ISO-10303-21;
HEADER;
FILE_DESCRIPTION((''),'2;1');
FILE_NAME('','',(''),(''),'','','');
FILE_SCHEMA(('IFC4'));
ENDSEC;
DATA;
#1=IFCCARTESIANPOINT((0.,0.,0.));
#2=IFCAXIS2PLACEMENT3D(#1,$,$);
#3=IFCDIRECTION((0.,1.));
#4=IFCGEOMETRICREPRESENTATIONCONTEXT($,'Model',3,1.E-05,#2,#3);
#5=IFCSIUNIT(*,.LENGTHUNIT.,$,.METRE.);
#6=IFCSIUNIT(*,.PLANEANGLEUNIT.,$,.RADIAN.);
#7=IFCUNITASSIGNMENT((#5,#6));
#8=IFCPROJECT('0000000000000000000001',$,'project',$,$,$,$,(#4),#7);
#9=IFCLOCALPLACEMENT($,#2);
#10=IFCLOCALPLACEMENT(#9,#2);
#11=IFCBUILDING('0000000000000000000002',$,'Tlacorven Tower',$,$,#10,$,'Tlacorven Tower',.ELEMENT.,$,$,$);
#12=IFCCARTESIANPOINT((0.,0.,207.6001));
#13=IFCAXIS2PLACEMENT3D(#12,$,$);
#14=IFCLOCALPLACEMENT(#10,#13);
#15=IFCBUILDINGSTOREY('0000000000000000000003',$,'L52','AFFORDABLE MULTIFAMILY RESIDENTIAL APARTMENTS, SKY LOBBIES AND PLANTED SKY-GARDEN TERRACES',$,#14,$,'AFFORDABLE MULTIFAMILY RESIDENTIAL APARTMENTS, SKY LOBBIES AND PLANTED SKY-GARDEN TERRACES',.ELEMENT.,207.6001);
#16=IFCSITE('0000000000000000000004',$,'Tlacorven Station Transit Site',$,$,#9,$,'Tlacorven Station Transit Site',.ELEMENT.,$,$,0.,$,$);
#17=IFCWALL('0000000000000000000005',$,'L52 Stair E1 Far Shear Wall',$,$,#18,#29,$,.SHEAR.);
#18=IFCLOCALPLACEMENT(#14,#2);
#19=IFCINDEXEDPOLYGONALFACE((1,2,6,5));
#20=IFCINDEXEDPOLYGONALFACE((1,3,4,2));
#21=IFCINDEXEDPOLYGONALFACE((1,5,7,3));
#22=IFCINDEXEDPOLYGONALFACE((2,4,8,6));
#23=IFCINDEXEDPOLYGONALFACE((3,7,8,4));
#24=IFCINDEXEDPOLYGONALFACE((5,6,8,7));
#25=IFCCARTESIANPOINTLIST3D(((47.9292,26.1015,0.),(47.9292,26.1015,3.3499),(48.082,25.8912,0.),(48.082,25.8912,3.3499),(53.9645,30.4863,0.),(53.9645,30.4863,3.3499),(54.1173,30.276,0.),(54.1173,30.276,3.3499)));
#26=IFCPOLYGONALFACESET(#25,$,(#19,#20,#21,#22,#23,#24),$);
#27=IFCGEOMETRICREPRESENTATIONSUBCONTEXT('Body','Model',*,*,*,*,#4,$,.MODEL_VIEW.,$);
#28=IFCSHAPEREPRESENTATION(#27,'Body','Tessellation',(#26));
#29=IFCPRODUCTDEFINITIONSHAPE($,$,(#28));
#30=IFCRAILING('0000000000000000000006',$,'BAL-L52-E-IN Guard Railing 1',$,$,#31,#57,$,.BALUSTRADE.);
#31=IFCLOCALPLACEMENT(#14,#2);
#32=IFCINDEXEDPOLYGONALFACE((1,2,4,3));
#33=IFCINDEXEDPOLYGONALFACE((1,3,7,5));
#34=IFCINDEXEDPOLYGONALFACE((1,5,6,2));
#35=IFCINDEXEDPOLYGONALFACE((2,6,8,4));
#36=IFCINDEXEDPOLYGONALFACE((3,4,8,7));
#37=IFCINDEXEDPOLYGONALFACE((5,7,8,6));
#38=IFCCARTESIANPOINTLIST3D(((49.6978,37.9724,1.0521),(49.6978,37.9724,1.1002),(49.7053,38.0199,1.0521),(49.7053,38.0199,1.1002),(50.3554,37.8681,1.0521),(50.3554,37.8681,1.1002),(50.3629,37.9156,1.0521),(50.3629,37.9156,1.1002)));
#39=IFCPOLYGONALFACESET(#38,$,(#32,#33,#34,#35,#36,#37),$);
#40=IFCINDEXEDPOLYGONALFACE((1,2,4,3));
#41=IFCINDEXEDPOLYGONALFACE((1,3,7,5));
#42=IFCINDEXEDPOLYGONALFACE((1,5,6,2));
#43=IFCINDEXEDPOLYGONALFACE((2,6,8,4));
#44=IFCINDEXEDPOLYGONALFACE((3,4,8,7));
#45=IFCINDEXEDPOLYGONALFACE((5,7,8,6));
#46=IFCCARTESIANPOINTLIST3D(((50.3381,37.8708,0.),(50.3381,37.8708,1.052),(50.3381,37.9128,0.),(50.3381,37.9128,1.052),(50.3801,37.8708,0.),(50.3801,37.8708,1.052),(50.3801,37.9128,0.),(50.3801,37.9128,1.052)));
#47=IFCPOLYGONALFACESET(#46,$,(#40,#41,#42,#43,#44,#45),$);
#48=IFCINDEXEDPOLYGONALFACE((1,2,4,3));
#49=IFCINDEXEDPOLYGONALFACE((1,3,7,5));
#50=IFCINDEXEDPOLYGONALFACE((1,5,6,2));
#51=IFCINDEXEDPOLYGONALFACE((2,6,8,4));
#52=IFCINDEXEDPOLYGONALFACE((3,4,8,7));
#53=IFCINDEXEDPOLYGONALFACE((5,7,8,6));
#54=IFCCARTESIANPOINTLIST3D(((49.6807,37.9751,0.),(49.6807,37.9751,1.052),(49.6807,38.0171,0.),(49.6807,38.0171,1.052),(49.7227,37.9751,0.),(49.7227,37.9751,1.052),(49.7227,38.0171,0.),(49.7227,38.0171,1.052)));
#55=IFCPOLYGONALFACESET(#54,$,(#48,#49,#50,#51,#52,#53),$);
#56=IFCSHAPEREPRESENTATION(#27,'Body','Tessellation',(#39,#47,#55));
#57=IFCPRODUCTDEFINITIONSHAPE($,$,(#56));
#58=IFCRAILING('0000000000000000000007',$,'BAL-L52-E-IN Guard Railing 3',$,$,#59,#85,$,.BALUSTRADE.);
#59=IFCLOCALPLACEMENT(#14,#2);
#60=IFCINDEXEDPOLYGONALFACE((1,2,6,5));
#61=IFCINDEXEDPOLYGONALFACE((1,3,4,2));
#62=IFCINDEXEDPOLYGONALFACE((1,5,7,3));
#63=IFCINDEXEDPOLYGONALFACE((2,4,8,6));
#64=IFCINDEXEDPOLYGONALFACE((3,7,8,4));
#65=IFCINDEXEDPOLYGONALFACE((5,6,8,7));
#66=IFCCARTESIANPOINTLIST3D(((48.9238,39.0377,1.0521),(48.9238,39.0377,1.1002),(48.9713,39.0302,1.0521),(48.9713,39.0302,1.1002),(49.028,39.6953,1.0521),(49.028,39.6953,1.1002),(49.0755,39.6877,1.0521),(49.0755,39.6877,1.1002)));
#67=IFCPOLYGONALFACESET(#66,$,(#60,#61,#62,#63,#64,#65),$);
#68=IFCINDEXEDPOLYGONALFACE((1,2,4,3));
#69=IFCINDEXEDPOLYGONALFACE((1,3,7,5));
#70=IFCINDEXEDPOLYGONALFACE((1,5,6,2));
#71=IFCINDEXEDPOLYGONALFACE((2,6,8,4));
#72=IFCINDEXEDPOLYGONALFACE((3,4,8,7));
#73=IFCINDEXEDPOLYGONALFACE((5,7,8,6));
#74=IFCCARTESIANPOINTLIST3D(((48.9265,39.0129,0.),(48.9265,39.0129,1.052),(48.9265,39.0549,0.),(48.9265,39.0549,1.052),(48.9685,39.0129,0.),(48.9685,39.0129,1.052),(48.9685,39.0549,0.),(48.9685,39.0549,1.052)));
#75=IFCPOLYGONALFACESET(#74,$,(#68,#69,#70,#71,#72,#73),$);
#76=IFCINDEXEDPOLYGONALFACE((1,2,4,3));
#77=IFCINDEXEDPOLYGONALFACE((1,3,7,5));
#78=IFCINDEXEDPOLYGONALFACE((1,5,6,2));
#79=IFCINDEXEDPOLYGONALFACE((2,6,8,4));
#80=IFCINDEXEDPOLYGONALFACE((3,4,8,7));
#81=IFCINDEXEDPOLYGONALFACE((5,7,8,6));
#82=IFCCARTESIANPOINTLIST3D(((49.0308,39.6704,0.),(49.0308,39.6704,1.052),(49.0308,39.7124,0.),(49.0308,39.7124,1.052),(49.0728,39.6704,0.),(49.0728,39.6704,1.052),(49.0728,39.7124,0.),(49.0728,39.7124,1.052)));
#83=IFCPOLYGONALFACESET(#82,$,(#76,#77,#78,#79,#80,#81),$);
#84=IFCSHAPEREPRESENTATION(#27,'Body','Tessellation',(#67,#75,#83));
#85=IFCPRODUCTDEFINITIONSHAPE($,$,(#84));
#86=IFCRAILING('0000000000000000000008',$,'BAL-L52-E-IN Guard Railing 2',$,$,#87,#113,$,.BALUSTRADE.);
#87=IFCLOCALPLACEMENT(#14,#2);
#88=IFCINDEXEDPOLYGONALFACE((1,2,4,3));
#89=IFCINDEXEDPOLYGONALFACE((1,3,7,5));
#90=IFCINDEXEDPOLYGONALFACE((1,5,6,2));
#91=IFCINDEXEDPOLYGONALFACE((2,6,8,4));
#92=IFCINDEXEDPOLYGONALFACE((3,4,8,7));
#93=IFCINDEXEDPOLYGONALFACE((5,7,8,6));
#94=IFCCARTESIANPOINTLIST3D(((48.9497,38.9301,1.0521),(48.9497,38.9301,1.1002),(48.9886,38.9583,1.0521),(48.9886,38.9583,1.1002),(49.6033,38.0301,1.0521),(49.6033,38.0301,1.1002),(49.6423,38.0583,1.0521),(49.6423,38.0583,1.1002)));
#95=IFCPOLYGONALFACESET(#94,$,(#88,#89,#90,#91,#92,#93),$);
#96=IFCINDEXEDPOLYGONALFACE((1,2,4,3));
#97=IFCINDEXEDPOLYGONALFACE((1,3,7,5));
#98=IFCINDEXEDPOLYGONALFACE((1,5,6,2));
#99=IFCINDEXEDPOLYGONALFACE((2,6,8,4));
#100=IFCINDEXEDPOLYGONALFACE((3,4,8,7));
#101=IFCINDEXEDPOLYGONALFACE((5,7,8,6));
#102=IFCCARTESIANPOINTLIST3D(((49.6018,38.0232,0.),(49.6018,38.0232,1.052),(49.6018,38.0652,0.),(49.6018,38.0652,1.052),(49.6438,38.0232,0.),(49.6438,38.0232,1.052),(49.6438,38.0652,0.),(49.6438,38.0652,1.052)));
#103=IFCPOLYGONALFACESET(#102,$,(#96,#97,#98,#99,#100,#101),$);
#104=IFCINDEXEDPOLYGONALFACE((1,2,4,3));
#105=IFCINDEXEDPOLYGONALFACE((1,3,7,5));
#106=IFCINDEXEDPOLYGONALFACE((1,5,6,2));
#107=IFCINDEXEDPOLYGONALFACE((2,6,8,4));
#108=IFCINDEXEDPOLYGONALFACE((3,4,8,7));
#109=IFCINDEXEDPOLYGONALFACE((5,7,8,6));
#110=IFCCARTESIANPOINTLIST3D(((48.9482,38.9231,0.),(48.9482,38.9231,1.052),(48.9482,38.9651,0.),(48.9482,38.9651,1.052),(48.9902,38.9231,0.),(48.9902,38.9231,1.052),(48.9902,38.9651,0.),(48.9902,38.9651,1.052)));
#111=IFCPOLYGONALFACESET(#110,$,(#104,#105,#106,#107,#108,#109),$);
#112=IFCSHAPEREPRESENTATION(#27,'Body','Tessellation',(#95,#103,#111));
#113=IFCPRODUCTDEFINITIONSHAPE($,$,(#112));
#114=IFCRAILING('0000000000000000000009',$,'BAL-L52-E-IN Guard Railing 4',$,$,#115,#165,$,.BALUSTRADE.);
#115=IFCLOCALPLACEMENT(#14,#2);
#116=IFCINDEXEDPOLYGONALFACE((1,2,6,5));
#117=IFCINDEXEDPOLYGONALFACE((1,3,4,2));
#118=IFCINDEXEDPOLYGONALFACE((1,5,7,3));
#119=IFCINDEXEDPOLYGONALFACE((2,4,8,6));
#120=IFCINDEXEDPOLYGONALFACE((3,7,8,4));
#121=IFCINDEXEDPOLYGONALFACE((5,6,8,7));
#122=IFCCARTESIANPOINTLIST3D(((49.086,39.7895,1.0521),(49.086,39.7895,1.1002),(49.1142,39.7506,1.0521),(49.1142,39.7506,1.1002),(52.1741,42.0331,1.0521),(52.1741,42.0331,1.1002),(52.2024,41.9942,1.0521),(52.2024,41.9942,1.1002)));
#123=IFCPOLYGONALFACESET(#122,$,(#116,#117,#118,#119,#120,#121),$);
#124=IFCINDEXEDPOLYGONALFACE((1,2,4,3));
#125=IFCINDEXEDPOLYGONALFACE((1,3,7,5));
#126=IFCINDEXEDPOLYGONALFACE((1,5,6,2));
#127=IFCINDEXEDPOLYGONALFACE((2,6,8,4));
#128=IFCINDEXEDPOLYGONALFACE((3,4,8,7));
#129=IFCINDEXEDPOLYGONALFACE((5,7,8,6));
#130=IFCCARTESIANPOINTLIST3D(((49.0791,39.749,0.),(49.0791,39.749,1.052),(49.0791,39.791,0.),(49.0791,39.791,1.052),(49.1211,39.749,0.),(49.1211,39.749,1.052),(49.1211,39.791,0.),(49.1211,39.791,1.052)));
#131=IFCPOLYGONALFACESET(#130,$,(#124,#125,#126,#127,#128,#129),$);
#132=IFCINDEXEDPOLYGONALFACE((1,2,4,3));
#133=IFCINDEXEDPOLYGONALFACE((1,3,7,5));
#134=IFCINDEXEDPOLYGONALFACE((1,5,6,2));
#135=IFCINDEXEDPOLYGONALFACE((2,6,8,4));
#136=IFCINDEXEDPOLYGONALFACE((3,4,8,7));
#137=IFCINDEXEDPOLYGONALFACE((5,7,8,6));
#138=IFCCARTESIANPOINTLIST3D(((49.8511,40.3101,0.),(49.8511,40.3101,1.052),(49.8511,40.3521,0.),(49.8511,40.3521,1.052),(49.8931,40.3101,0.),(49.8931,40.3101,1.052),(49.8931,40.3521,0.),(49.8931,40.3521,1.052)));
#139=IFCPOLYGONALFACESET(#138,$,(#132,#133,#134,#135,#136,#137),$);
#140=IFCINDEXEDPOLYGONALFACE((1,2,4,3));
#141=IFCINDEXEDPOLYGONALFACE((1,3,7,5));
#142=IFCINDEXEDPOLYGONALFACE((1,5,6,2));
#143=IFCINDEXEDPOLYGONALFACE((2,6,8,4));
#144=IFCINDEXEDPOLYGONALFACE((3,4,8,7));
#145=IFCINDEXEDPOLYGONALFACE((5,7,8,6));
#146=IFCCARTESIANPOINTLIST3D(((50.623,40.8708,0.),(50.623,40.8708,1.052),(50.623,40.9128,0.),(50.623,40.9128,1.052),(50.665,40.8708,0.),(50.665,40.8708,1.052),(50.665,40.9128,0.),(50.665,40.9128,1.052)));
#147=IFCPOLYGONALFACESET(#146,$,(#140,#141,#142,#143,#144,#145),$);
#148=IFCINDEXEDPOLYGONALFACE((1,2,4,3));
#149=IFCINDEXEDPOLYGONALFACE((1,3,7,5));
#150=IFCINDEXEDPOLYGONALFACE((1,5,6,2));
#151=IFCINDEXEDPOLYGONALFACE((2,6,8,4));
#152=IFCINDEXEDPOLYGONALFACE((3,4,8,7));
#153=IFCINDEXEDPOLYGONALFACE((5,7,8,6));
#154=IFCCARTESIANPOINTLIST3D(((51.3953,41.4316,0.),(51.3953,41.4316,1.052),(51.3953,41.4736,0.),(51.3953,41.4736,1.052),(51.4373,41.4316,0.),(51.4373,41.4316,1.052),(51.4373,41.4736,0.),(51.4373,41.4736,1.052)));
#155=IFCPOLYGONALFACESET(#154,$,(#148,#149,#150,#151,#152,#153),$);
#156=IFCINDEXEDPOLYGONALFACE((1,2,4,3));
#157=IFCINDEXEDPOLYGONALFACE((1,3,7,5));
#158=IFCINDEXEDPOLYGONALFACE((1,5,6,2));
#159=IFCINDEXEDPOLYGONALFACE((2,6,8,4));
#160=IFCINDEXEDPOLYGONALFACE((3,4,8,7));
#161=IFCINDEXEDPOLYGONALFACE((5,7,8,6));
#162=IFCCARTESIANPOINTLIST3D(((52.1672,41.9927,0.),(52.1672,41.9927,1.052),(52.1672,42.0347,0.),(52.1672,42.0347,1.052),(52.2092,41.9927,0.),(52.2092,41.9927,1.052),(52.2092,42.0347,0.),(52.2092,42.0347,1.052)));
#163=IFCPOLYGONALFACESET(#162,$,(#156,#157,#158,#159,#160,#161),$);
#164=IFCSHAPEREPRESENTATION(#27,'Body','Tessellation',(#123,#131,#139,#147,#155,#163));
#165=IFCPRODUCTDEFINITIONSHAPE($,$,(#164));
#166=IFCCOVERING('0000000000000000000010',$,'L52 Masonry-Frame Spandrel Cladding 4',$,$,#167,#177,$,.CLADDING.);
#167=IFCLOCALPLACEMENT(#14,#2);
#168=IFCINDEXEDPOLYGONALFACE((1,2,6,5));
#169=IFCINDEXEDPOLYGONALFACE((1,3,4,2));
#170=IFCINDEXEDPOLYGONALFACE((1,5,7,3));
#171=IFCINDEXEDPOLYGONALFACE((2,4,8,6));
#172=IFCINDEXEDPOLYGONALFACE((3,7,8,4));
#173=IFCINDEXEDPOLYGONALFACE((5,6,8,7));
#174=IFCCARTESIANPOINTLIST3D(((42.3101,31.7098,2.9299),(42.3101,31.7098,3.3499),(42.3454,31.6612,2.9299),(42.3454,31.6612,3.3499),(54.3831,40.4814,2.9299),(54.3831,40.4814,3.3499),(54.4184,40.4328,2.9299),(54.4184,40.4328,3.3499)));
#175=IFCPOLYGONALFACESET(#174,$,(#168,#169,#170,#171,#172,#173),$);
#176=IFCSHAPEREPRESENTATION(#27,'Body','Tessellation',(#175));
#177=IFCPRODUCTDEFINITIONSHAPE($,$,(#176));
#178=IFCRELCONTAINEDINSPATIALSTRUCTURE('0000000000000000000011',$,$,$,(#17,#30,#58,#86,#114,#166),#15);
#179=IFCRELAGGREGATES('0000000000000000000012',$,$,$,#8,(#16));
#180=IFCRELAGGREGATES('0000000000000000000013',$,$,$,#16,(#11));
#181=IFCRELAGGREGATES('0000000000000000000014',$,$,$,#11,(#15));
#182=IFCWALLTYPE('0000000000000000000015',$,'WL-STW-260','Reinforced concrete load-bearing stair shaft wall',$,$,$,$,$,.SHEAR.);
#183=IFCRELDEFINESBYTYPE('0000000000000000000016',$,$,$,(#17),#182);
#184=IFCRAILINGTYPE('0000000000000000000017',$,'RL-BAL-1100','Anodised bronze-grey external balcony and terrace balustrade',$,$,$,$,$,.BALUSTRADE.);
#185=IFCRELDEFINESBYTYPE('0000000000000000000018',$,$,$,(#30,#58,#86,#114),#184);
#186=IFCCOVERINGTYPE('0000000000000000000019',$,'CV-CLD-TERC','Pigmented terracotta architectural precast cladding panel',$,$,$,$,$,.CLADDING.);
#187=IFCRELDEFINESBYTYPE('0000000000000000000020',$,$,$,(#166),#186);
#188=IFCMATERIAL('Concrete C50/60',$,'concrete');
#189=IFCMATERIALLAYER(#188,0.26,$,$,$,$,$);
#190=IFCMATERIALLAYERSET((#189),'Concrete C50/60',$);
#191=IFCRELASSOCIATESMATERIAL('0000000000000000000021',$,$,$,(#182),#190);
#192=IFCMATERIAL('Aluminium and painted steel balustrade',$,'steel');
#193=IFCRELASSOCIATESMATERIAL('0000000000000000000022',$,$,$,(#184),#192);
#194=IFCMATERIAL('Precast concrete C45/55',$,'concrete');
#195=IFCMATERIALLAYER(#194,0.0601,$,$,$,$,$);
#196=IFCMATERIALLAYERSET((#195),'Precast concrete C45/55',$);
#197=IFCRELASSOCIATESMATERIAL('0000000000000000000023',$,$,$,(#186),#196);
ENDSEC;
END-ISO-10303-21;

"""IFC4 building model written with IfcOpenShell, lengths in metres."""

from ifc_helpers import new_model, si_unit, direction, frame, frame_2d, origin, origin_2d, place, context, subcontext, project, spatial, rectangle, extrude, source, transform, mapped, material, layer, layer_set, type_object, element, save


model = new_model("IFC4")

# Units and contexts
model_context = context("Model", 3, precision=1e-05, world=origin(), true_north=direction((0.0, 1.0)))
body_context = subcontext(model_context, "Body", "Model", "MODEL_VIEW")
ifc_project = project(units=[si_unit("LENGTHUNIT", "METRE"), si_unit("PLANEANGLEUNIT", "RADIAN")], contexts=[model_context])

# Site, building, storey
site_placement = place(None, origin())
site = spatial("IfcSite", under=ifc_project, at=site_placement, Name="Tlacorven Station Transit Site", LongName="Tlacorven Station Transit Site", CompositionType="ELEMENT", RefElevation=0.0)
building_placement = place(site_placement, origin())
building = spatial("IfcBuilding", under=site, at=building_placement, Name="Tlacorven Tower", LongName="Tlacorven Tower", CompositionType="ELEMENT")
storey_placement = place(building_placement, frame((0.0, 0.0, 207.6001)))
storey = spatial("IfcBuildingStorey", under=building, at=storey_placement, Name="L52", Description="AFFORDABLE MULTIFAMILY RESIDENTIAL APARTMENTS, SKY LOBBIES AND PLANTED SKY-GARDEN TERRACES", LongName="AFFORDABLE MULTIFAMILY RESIDENTIAL APARTMENTS, SKY LOBBIES AND PLANTED SKY-GARDEN TERRACES", CompositionType="ELEMENT", Elevation=207.6001)

# Shared definitions
ifc_material_1 = material(Name="Precast concrete C45/55", Category="concrete")

# Wall
ifc_material_2 = material(Name="Concrete C50/60", Category="concrete")
ifc_layer_1 = layer(ifc_material_2, 0.26)
ifc_layer_set_1 = layer_set([ifc_layer_1], Name="Concrete C50/60")
wall_type_1 = type_object("IfcWallType", Name="WL-STW-260", Description="Reinforced concrete load-bearing stair shaft wall", PredefinedType="SHEAR", material=ifc_layer_set_1)
wall_1_placement = place(storey_placement, frame((48.0056, 25.9963, 0.0), z_axis=(0.0, 0.0, 1.0), x_axis=(0.809019, 0.587782, 0.0)))
element("IfcWall", 1, at=wall_1_placement, inside=storey, type_object=wall_type_1, Name="L52 Stair E1 Far Shear Wall", PredefinedType="SHEAR", context=body_context, shape_type="SweptSolid", body=[
    extrude(rectangle(XDim=7.46, YDim=0.26, at=frame_2d((3.73, 0.0))), origin(), (0.0, 0.0, 1.0), 3.3499),
])

# Railings
ifc_material_3 = material(Name="Aluminium and painted steel balustrade", Category="steel")
railing_type_1 = type_object("IfcRailingType", Name="RL-BAL-1100", Description="Anodised bronze-grey external balcony and terrace balustrade", PredefinedType="BALUSTRADE", material=ifc_material_3)
shared_shape_1 = source(origin(), body_context, "Body", "SweptSolid", [
    extrude(rectangle(XDim=0.0481, YDim=0.0481, at=origin_2d()), frame((0.0, 0.0, 1.0762), z_axis=(-0.987662, 0.156603, 0.0), x_axis=(-0.156603, -0.987662, 0.0)), (0.0, 0.0, 1.0), 0.6658),
    extrude(rectangle(XDim=0.042, YDim=0.042, at=origin_2d()), origin(), (0.0, 0.0, 1.0), 1.052),
    extrude(rectangle(XDim=0.042, YDim=0.042, at=origin_2d()), frame((-0.6575, 0.1042, 0.0)), (0.0, 0.0, 1.0), 1.052),
])
railing_1_placement = place(storey_placement, frame((50.3591, 37.8918, 0.0)))
element("IfcRailing", 2, at=railing_1_placement, inside=storey, type_object=railing_type_1, Name="BAL-L52-E-IN Guard Railing 1", PredefinedType="BALUSTRADE", context=body_context, shape_type="MappedRepresentation", body=[
    mapped(shared_shape_1, transform((0.0, 0.0, 0.0), scale=1.0)),
])
shared_shape_2 = source(origin(), body_context, "Body", "SweptSolid", [
    extrude(rectangle(XDim=0.0481, YDim=0.0481, at=origin_2d()), frame((0.0, 0.0, 1.0762), z_axis=(0.156603, 0.987662, 0.0), x_axis=(-0.987662, 0.156603, 0.0)), (0.0, 0.0, 1.0), 0.6658),
    extrude(rectangle(XDim=0.042, YDim=0.042, at=origin_2d()), origin(), (0.0, 0.0, 1.0), 1.052),
    extrude(rectangle(XDim=0.042, YDim=0.042, at=origin_2d()), frame((0.1042, 0.6575, 0.0)), (0.0, 0.0, 1.0), 1.052),
])
railing_2_placement = place(storey_placement, frame((48.9475, 39.0339, 0.0)))
element("IfcRailing", 3, at=railing_2_placement, inside=storey, type_object=railing_type_1, Name="BAL-L52-E-IN Guard Railing 3", PredefinedType="BALUSTRADE", context=body_context, shape_type="MappedRepresentation", body=[
    mapped(shared_shape_2, transform((0.0, 0.0, 0.0), scale=1.0)),
])
shared_shape_3 = source(origin(), body_context, "Body", "SweptSolid", [
    extrude(rectangle(XDim=0.0481, YDim=0.0481, at=origin_2d()), frame((0.0, 0.0, 1.0762), z_axis=(-0.587636, 0.809125, 0.0), x_axis=(-0.809125, -0.587636, 0.0)), (0.0, 0.0, 1.0), 1.1123),
    extrude(rectangle(XDim=0.042, YDim=0.042, at=origin_2d()), origin(), (0.0, 0.0, 1.0), 1.052),
    extrude(rectangle(XDim=0.042, YDim=0.042, at=origin_2d()), frame((-0.6536, 0.8999, 0.0)), (0.0, 0.0, 1.0), 1.052),
])
railing_3_placement = place(storey_placement, frame((49.6228, 38.0442, 0.0)))
element("IfcRailing", 4, at=railing_3_placement, inside=storey, type_object=railing_type_1, Name="BAL-L52-E-IN Guard Railing 2", PredefinedType="BALUSTRADE", context=body_context, shape_type="MappedRepresentation", body=[
    mapped(shared_shape_3, transform((0.0, 0.0, 0.0), scale=1.0)),
])
shared_shape_4 = source(origin(), body_context, "Body", "SweptSolid", [
    extrude(rectangle(XDim=0.0481, YDim=0.0481, at=origin_2d()), frame((0.0, 0.0, 1.0762), z_axis=(0.809018, 0.587784, 0.0), x_axis=(-0.587784, 0.809018, 0.0)), (0.0, 0.0, 1.0), 3.8171),
    extrude(rectangle(XDim=0.042, YDim=0.042, at=origin_2d()), origin(), (0.0, 0.0, 1.0), 1.052),
    extrude(rectangle(XDim=0.042, YDim=0.042, at=origin_2d()), frame((0.772, 0.561, 0.0)), (0.0, 0.0, 1.0), 1.052),
    extrude(rectangle(XDim=0.042, YDim=0.042, at=origin_2d()), frame((1.5439, 1.1218, 0.0)), (0.0, 0.0, 1.0), 1.052),
    extrude(rectangle(XDim=0.042, YDim=0.042, at=origin_2d()), frame((2.3162, 1.6826, 0.0)), (0.0, 0.0, 1.0), 1.052),
    extrude(rectangle(XDim=0.042, YDim=0.042, at=origin_2d()), frame((3.0881, 2.2437, 0.0)), (0.0, 0.0, 1.0), 1.052),
])
railing_4_placement = place(storey_placement, frame((49.1001, 39.77, 0.0)))
element("IfcRailing", 5, at=railing_4_placement, inside=storey, type_object=railing_type_1, Name="BAL-L52-E-IN Guard Railing 4", PredefinedType="BALUSTRADE", context=body_context, shape_type="MappedRepresentation", body=[
    mapped(shared_shape_4, transform((0.0, 0.0, 0.0), scale=1.0)),
])

# Covering
ifc_layer_2 = layer(ifc_material_1, 0.0601)
ifc_layer_set_2 = layer_set([ifc_layer_2], Name="Precast concrete C45/55")
covering_type = type_object("IfcCoveringType", Name="CV-CLD-TERC", Description="Pigmented terracotta architectural precast cladding panel", PredefinedType="CLADDING", material=ifc_layer_set_2)
shared_shape_5 = source(origin(), body_context, "Body", "SweptSolid", [
    extrude(rectangle(XDim=14.9231, YDim=0.0601, at=origin_2d()), origin(), (0.0, 0.0, 1.0), 0.4199),
])
covering_placement = place(storey_placement, frame((48.3643, 36.0713, 2.9299), z_axis=(0.0, 0.0, 1.0), x_axis=(0.809017, 0.587786, 0.0)))
element("IfcCovering", 6, at=covering_placement, inside=storey, type_object=covering_type, Name="L52 Masonry-Frame Spandrel Cladding 4", PredefinedType="CLADDING", context=body_context, shape_type="MappedRepresentation", body=[
    mapped(shared_shape_5, transform((0.0, 0.0, 0.0), scale=1.0)),
])

save(model, "model.ifc")
